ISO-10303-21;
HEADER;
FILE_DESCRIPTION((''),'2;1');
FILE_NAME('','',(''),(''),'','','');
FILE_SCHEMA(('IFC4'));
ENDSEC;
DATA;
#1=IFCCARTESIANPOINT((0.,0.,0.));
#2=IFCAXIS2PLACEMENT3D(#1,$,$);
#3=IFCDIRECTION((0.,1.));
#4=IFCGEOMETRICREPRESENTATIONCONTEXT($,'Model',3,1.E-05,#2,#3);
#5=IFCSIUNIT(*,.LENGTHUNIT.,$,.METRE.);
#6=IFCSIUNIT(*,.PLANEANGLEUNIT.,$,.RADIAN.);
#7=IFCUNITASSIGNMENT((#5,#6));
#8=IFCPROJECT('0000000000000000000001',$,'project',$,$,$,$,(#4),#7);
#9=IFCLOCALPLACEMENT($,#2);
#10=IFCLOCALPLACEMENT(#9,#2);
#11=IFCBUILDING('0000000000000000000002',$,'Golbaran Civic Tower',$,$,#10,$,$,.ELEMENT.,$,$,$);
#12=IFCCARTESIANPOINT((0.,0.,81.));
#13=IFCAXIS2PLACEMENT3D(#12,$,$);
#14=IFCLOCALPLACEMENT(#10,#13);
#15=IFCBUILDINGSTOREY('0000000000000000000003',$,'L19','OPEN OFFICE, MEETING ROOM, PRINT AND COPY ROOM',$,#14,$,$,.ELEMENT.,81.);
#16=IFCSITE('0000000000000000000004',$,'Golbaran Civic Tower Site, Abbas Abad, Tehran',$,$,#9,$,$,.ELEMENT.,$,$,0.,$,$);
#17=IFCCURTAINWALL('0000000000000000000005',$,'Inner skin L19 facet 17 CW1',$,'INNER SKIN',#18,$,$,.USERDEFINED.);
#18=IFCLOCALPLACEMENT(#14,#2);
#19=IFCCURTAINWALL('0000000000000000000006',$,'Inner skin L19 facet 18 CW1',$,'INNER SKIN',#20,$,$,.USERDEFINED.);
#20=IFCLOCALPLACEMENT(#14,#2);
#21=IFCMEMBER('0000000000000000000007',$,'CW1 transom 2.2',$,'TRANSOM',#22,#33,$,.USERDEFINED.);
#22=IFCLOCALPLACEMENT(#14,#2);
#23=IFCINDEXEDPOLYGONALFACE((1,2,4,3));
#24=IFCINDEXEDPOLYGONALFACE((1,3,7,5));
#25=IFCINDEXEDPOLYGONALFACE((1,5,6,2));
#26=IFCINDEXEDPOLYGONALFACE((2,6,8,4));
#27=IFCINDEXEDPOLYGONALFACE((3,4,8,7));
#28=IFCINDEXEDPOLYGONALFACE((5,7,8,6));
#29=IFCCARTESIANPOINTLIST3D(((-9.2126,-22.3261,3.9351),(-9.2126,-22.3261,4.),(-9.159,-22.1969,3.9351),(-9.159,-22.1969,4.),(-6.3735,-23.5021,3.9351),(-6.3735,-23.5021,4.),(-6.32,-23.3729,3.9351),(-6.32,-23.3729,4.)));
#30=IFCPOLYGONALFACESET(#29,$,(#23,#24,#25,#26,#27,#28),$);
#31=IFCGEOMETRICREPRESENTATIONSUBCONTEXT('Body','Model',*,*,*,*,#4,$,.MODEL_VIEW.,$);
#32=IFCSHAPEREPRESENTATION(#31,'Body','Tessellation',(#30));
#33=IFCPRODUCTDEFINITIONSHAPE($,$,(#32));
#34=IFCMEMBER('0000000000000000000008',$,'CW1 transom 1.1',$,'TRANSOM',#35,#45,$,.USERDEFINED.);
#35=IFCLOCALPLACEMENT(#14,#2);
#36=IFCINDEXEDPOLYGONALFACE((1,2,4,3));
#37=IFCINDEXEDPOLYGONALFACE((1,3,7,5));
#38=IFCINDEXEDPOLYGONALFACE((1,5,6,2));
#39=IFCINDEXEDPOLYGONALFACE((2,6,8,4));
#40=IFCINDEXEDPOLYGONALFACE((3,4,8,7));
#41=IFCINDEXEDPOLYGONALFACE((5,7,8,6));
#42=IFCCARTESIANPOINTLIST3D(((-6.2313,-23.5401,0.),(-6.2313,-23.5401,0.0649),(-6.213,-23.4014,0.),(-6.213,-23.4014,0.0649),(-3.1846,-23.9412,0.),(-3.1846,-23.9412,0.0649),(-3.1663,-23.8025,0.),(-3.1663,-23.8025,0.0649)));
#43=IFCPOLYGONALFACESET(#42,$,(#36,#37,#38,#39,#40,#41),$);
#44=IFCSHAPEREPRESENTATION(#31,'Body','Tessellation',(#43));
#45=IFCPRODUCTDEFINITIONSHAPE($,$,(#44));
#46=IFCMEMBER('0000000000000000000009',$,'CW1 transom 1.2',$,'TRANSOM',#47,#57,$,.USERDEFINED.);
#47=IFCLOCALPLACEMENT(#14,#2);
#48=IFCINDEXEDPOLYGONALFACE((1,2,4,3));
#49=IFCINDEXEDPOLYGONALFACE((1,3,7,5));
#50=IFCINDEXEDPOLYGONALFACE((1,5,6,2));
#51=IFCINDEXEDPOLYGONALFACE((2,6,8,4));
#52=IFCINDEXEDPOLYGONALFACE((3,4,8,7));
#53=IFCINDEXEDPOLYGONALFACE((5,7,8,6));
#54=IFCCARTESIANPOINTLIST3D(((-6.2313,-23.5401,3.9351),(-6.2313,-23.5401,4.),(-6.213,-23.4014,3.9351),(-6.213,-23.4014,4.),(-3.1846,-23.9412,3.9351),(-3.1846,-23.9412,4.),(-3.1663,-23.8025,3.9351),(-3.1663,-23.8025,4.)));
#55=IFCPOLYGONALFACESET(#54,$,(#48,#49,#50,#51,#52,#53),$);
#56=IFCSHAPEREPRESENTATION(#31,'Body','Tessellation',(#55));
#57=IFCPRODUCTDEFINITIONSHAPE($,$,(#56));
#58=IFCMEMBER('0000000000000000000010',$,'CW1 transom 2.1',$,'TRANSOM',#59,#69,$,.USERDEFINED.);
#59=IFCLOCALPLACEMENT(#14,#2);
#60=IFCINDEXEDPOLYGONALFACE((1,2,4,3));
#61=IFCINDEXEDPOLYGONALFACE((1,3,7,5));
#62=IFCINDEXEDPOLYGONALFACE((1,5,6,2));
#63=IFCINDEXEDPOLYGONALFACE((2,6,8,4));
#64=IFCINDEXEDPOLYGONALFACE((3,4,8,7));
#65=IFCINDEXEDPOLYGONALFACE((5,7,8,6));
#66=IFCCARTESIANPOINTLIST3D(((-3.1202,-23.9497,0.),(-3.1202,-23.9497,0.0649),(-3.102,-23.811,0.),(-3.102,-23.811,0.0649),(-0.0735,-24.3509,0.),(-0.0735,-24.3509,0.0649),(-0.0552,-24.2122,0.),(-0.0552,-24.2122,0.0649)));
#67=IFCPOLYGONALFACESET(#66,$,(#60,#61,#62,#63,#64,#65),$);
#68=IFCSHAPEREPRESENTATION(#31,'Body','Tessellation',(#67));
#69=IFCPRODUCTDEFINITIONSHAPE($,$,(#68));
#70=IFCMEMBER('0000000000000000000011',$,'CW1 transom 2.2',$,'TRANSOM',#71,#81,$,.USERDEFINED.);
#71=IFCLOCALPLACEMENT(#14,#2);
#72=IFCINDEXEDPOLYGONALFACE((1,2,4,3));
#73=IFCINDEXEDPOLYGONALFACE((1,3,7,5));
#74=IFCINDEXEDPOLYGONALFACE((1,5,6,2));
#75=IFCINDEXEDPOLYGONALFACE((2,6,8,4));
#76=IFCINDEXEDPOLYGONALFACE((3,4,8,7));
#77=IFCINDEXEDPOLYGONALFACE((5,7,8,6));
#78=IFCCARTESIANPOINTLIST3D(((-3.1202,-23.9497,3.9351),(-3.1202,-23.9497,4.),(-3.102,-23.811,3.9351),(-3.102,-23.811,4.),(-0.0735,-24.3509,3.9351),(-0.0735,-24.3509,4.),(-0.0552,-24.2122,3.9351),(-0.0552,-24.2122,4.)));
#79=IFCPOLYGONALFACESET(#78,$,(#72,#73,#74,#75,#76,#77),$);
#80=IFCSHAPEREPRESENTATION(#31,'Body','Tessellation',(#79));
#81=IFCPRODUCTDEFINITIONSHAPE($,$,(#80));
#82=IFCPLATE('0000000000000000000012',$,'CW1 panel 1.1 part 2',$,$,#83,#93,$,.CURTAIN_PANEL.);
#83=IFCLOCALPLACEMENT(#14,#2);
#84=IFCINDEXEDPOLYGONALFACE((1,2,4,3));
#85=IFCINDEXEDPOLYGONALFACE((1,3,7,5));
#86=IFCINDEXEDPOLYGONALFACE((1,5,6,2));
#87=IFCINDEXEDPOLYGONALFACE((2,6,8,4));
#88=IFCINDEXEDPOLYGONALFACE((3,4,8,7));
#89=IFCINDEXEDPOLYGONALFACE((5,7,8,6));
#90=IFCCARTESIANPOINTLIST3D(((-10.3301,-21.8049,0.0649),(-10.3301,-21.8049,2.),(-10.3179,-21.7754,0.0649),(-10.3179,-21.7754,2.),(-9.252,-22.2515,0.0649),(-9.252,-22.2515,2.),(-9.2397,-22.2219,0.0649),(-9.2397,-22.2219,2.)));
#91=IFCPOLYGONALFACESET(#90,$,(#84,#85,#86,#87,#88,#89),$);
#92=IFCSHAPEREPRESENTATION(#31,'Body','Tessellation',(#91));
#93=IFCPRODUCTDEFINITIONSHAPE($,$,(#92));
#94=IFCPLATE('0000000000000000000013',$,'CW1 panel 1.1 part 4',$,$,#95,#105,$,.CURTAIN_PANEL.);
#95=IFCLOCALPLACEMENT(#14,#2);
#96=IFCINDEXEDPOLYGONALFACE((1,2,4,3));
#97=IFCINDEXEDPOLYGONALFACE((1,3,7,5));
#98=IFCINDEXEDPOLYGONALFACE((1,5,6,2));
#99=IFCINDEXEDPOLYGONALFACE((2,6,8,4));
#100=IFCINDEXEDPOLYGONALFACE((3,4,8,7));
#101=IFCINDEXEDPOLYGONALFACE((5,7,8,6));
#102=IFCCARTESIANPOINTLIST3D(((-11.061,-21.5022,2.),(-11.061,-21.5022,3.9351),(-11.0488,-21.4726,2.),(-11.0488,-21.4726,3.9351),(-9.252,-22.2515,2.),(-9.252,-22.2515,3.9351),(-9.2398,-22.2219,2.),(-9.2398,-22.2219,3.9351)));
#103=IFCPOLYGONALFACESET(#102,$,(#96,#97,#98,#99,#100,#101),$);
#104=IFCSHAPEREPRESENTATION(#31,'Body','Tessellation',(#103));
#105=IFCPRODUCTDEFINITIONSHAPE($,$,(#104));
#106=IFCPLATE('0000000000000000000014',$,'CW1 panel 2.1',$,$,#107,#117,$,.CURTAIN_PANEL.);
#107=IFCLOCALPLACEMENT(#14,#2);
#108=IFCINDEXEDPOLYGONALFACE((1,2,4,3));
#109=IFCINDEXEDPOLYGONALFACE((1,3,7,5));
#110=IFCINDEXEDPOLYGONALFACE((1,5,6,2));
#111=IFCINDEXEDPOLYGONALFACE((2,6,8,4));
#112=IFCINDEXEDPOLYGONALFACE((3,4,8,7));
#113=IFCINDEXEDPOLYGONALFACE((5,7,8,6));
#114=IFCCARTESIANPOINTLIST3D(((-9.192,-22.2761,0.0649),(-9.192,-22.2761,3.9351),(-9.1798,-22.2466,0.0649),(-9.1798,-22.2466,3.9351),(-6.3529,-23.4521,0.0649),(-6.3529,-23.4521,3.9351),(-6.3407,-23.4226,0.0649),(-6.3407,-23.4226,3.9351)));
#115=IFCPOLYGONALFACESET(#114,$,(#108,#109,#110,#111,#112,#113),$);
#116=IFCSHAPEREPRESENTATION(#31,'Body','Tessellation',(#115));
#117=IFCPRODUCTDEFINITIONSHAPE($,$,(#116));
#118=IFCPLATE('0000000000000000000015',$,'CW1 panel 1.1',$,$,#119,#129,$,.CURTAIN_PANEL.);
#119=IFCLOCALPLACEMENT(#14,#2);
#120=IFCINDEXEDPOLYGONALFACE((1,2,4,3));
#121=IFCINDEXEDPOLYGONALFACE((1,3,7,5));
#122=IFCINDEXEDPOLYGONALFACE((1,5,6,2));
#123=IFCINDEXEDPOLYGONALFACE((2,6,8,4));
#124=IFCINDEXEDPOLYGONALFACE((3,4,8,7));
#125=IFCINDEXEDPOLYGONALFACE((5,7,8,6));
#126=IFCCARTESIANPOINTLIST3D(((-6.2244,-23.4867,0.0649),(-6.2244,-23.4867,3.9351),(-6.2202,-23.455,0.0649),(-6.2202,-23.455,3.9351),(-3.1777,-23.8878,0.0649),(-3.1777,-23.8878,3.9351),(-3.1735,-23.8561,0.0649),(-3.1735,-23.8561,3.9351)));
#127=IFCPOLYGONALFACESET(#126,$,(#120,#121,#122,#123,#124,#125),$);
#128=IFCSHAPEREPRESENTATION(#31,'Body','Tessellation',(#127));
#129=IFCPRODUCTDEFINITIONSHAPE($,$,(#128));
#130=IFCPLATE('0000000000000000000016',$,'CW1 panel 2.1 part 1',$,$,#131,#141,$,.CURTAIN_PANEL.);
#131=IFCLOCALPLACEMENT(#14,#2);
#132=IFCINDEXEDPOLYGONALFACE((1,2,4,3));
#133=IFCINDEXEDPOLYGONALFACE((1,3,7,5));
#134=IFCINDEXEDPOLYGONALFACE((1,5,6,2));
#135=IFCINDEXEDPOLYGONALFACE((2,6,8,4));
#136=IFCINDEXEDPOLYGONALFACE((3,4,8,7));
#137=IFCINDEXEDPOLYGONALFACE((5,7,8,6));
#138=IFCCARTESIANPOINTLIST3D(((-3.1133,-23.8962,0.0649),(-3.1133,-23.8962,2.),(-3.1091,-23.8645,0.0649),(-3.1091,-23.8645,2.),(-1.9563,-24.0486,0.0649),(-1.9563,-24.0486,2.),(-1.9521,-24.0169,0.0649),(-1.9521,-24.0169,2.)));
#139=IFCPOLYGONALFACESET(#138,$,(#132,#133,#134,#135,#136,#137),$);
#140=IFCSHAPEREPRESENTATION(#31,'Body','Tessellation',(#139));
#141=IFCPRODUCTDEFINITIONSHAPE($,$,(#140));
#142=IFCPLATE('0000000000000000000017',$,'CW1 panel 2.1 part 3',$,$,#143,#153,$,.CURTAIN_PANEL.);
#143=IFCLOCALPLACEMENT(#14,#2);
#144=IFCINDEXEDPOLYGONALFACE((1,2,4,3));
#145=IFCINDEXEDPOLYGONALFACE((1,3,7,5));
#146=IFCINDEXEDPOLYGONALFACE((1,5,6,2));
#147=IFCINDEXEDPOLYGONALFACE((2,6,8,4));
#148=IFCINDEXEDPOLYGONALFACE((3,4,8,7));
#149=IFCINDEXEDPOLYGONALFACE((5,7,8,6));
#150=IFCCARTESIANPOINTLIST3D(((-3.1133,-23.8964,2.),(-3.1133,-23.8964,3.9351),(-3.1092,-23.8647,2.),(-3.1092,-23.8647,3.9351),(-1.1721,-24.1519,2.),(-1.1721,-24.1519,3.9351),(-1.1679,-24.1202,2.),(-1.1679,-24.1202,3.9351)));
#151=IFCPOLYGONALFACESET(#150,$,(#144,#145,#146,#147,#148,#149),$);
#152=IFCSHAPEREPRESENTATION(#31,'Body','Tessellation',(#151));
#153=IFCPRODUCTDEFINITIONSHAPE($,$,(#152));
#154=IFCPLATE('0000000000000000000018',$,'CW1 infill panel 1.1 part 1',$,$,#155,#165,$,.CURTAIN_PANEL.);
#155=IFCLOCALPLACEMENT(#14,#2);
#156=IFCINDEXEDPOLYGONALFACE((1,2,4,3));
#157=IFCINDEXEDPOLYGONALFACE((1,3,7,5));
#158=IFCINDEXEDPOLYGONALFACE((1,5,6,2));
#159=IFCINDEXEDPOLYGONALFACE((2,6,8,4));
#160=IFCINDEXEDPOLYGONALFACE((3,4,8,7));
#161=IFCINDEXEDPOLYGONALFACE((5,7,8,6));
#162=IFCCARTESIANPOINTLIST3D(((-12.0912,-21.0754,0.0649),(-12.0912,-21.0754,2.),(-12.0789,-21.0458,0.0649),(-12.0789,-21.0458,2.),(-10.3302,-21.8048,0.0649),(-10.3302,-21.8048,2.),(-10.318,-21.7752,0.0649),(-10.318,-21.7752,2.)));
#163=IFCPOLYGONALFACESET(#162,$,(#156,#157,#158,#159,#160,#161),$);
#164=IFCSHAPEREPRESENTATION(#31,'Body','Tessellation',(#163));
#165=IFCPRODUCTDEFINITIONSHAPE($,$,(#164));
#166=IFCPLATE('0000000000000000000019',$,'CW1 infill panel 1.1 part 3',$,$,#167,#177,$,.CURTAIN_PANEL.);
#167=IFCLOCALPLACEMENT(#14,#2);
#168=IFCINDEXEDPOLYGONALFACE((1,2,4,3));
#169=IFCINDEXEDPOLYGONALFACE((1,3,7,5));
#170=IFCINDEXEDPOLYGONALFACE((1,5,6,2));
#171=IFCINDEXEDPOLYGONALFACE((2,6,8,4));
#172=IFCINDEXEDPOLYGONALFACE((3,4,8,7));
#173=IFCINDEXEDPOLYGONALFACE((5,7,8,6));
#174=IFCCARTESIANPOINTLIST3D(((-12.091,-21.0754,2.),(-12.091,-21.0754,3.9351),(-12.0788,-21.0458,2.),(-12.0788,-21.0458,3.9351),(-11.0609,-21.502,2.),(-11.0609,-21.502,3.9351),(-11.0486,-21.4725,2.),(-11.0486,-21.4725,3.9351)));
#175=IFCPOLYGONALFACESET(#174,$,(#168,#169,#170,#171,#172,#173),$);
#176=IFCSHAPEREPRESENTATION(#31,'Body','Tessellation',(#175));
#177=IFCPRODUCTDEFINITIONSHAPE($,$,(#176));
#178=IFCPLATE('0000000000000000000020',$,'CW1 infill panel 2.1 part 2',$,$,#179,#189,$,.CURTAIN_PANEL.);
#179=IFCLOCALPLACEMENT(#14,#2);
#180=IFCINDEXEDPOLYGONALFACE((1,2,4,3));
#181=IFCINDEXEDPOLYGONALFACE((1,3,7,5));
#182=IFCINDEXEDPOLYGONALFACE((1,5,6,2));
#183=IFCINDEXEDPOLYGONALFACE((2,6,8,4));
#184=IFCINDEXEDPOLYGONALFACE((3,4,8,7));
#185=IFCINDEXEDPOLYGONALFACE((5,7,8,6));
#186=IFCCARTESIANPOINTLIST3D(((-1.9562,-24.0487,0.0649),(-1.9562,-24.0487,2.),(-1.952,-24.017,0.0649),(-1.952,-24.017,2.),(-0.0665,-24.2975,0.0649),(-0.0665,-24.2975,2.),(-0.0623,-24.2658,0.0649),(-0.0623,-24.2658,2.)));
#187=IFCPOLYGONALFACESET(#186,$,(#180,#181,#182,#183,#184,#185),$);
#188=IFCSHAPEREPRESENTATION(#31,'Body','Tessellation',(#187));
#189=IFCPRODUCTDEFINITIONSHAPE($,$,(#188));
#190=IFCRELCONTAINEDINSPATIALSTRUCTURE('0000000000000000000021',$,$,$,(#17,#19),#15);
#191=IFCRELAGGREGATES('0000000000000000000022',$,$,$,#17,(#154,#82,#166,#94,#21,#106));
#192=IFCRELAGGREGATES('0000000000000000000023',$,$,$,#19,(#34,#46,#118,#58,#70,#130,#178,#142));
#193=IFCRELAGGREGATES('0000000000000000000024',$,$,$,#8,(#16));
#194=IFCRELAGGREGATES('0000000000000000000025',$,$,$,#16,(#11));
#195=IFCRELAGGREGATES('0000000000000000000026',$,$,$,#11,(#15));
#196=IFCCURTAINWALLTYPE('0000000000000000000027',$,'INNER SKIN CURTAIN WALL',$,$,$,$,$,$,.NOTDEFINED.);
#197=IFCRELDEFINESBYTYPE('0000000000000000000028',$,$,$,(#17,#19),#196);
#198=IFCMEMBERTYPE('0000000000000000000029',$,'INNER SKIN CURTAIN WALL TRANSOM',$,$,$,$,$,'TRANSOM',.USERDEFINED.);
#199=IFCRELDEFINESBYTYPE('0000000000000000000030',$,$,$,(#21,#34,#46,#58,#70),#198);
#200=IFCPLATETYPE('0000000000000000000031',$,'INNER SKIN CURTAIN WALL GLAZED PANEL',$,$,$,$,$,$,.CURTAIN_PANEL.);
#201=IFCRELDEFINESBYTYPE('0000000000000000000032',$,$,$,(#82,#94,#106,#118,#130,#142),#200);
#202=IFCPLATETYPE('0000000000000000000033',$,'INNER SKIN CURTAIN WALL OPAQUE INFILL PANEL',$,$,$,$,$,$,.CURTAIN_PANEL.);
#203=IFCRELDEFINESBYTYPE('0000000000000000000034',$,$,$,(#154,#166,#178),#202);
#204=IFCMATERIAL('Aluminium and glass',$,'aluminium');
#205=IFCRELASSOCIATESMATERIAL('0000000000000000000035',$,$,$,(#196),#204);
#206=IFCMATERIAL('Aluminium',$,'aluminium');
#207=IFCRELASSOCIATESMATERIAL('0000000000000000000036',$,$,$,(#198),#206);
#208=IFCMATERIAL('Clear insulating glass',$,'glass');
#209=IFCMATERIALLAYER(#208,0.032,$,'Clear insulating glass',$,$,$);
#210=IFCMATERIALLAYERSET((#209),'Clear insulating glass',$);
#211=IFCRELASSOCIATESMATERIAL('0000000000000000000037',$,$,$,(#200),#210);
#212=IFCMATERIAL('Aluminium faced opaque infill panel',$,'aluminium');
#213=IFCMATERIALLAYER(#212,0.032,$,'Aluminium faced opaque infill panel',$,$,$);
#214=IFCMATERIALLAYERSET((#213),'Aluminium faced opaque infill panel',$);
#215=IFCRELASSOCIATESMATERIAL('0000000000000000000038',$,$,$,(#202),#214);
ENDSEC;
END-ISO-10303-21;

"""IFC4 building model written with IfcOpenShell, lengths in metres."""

from ifc_helpers import new_model, si_unit, direction, frame, origin, origin_2d, place, context, subcontext, project, spatial, rectangle, extrude, material, layer, layer_set, material_profile, profile_set, type_object, element, aggregate, save


model = new_model("IFC4")

# Units and contexts
model_context = context("Model", 3, precision=1e-05, world=origin(), true_north=direction((0.0, 1.0)))
body_context = subcontext(model_context, "Body", "Model", "MODEL_VIEW")
ifc_project = project(units=[si_unit("LENGTHUNIT", "METRE"), si_unit("PLANEANGLEUNIT", "RADIAN")], contexts=[model_context])

# Site, building, storey
site_placement = place(None, origin())
site = spatial("IfcSite", under=ifc_project, at=site_placement, Name="Golbaran Civic Tower Site, Abbas Abad, Tehran", CompositionType="ELEMENT", RefElevation=0.0)
building_placement = place(site_placement, origin())
building = spatial("IfcBuilding", under=site, at=building_placement, Name="Golbaran Civic Tower", CompositionType="ELEMENT")
storey_placement = place(building_placement, frame((0.0, 0.0, 81.0)))
storey = spatial("IfcBuildingStorey", under=building, at=storey_placement, Name="L19", Description="OPEN OFFICE, MEETING ROOM, PRINT AND COPY ROOM", CompositionType="ELEMENT", Elevation=81.0)

# Curtain walls
ifc_material_1 = material(Name="Aluminium and glass", Category="aluminium")
curtain_wall_type = type_object("IfcCurtainWallType", Name="INNER SKIN CURTAIN WALL", PredefinedType="NOTDEFINED", material=ifc_material_1)
curtain_wall_1_placement = place(storey_placement, origin())
curtain_wall_1 = element("IfcCurtainWall", 1, at=curtain_wall_1_placement, inside=storey, type_object=curtain_wall_type, Name="Inner skin L19 facet 17 CW1", ObjectType="INNER SKIN", PredefinedType="USERDEFINED")
ifc_material_2 = material(Name="Aluminium", Category="aluminium")
curtain_wall_2_placement = place(storey_placement, origin())
curtain_wall_2 = element("IfcCurtainWall", 2, at=curtain_wall_2_placement, inside=storey, type_object=curtain_wall_type, Name="Inner skin L19 facet 18 CW1", ObjectType="INNER SKIN", PredefinedType="USERDEFINED")

# Members
ifc_material_profile_1 = material_profile(ifc_material_2, rectangle(XDim=0.1399, YDim=0.0649, at=origin_2d()), Name="INNER SKIN CURTAIN WALL TRANSOM")
ifc_profile_set_1 = profile_set([ifc_material_profile_1], Name="Aluminium")
member_type_1 = type_object("IfcMemberType", Name="INNER SKIN CURTAIN WALL TRANSOM", ElementType="TRANSOM", PredefinedType="USERDEFINED", material=ifc_profile_set_1)
member_1_placement = place(storey_placement, frame((-9.1858, -22.2615, 3.9675), z_axis=(0.923876, -0.382691, 0.0), x_axis=(0.382691, 0.923876, 0.0)))
member_1 = element("IfcMember", 3, at=member_1_placement, type_object=member_type_1, Name="CW1 transom 2.2", ObjectType="TRANSOM", PredefinedType="USERDEFINED", context=body_context, shape_type="SweptSolid", body=[
    extrude(rectangle(XDim=0.1399, YDim=0.0649, at=origin_2d()), origin(), (0.0, 0.0, 1.0), 3.073),
])
member_2_placement = place(storey_placement, frame((-6.2222, -23.4707, 0.0325), z_axis=(0.991444, -0.130535, 0.0), x_axis=(0.130535, 0.991444, 0.0)))
member_2 = element("IfcMember", 4, at=member_2_placement, type_object=member_type_1, Name="CW1 transom 1.1", ObjectType="TRANSOM", PredefinedType="USERDEFINED", context=body_context, shape_type="SweptSolid", body=[
    extrude(rectangle(XDim=0.1399, YDim=0.0649, at=origin_2d()), origin(), (0.0, 0.0, 1.0), 3.073),
])
member_3_placement = place(storey_placement, frame((-6.2222, -23.4707, 3.9675), z_axis=(0.991444, -0.130535, 0.0), x_axis=(0.130535, 0.991444, 0.0)))
member_3 = element("IfcMember", 5, at=member_3_placement, type_object=member_type_1, Name="CW1 transom 1.2", ObjectType="TRANSOM", PredefinedType="USERDEFINED", context=body_context, shape_type="SweptSolid", body=[
    extrude(rectangle(XDim=0.1399, YDim=0.0649, at=origin_2d()), origin(), (0.0, 0.0, 1.0), 3.073),
])
member_4_placement = place(storey_placement, frame((-3.1111, -23.8804, 0.0325), z_axis=(0.991444, -0.130535, 0.0), x_axis=(0.130535, 0.991444, 0.0)))
member_4 = element("IfcMember", 6, at=member_4_placement, type_object=member_type_1, Name="CW1 transom 2.1", ObjectType="TRANSOM", PredefinedType="USERDEFINED", context=body_context, shape_type="SweptSolid", body=[
    extrude(rectangle(XDim=0.1399, YDim=0.0649, at=origin_2d()), origin(), (0.0, 0.0, 1.0), 3.073),
])
member_5_placement = place(storey_placement, frame((-3.1111, -23.8804, 3.9675), z_axis=(0.991444, -0.130535, 0.0), x_axis=(0.130535, 0.991444, 0.0)))
member_5 = element("IfcMember", 7, at=member_5_placement, type_object=member_type_1, Name="CW1 transom 2.2", ObjectType="TRANSOM", PredefinedType="USERDEFINED", context=body_context, shape_type="SweptSolid", body=[
    extrude(rectangle(XDim=0.1399, YDim=0.0649, at=origin_2d()), origin(), (0.0, 0.0, 1.0), 3.073),
])

# Plates
ifc_material_3 = material(Name="Clear insulating glass", Category="glass")
ifc_layer_1 = layer(ifc_material_3, 0.032, Name="Clear insulating glass")
ifc_layer_set_1 = layer_set([ifc_layer_1], Name="Clear insulating glass")
plate_type_1 = type_object("IfcPlateType", Name="INNER SKIN CURTAIN WALL GLAZED PANEL", PredefinedType="CURTAIN_PANEL", material=ifc_layer_set_1)
plate_1_placement = place(storey_placement, frame((-9.7849, -22.0134, 0.0649), z_axis=(0.0, 0.0, 1.0), x_axis=(0.92388, -0.382683, 0.0)))
plate_1 = element("IfcPlate", 8, at=plate_1_placement, type_object=plate_type_1, Name="CW1 panel 1.1 part 2", PredefinedType="CURTAIN_PANEL", context=body_context, shape_type="SweptSolid", body=[
    extrude(rectangle(XDim=1.167, YDim=0.032, at=origin_2d()), origin(), (0.0, 0.0, 1.0), 1.9351),
])
plate_2_placement = place(storey_placement, frame((-10.1504, -21.8621, 2.0), z_axis=(0.0, 0.0, 1.0), x_axis=(0.92388, -0.382683, 0.0)))
plate_2 = element("IfcPlate", 9, at=plate_2_placement, type_object=plate_type_1, Name="CW1 panel 1.1 part 4", PredefinedType="CURTAIN_PANEL", context=body_context, shape_type="SweptSolid", body=[
    extrude(rectangle(XDim=1.958, YDim=0.032, at=origin_2d()), origin(), (0.0, 0.0, 1.0), 1.9351),
])
plate_3_placement = place(storey_placement, frame((-7.7664, -22.8494, 0.0649), z_axis=(0.0, 0.0, 1.0), x_axis=(0.92388, -0.382683, 0.0)))
plate_3 = element("IfcPlate", 10, at=plate_3_placement, type_object=plate_type_1, Name="CW1 panel 2.1", PredefinedType="CURTAIN_PANEL", context=body_context, shape_type="SweptSolid", body=[
    extrude(rectangle(XDim=3.073, YDim=0.032, at=origin_2d()), origin(), (0.0, 0.0, 1.0), 3.8701),
])
plate_4_placement = place(storey_placement, frame((-4.699, -23.6714, 0.0649), z_axis=(0.0, 0.0, 1.0), x_axis=(0.991445, -0.130526, 0.0)))
plate_4 = element("IfcPlate", 11, at=plate_4_placement, type_object=plate_type_1, Name="CW1 panel 1.1", PredefinedType="CURTAIN_PANEL", context=body_context, shape_type="SweptSolid", body=[
    extrude(rectangle(XDim=3.073, YDim=0.032, at=origin_2d()), origin(), (0.0, 0.0, 1.0), 3.8701),
])
plate_5_placement = place(storey_placement, frame((-2.5327, -23.9565, 0.0649), z_axis=(0.0, 0.0, 1.0), x_axis=(0.991445, -0.130526, 0.0)))
plate_5 = element("IfcPlate", 12, at=plate_5_placement, type_object=plate_type_1, Name="CW1 panel 2.1 part 1", PredefinedType="CURTAIN_PANEL", context=body_context, shape_type="SweptSolid", body=[
    extrude(rectangle(XDim=1.167, YDim=0.032, at=origin_2d()), origin(), (0.0, 0.0, 1.0), 1.9351),
])
plate_6_placement = place(storey_placement, frame((-2.1406, -24.0083, 2.0), z_axis=(0.0, 0.0, 1.0), x_axis=(0.991445, -0.130526, 0.0)))
plate_6 = element("IfcPlate", 13, at=plate_6_placement, type_object=plate_type_1, Name="CW1 panel 2.1 part 3", PredefinedType="CURTAIN_PANEL", context=body_context, shape_type="SweptSolid", body=[
    extrude(rectangle(XDim=1.958, YDim=0.032, at=origin_2d()), origin(), (0.0, 0.0, 1.0), 1.9351),
])
ifc_material_4 = material(Name="Aluminium faced opaque infill panel", Category="aluminium")
ifc_layer_2 = layer(ifc_material_4, 0.032, Name="Aluminium faced opaque infill panel")
ifc_layer_set_2 = layer_set([ifc_layer_2], Name="Aluminium faced opaque infill panel")
plate_type_2 = type_object("IfcPlateType", Name="INNER SKIN CURTAIN WALL OPAQUE INFILL PANEL", PredefinedType="CURTAIN_PANEL", material=ifc_layer_set_2)
plate_7_placement = place(storey_placement, frame((-11.2046, -21.4253, 0.0649), z_axis=(0.0, 0.0, 1.0), x_axis=(0.92388, -0.382683, 0.0)))
plate_7 = element("IfcPlate", 14, at=plate_7_placement, type_object=plate_type_2, Name="CW1 infill panel 1.1 part 1", PredefinedType="CURTAIN_PANEL", context=body_context, shape_type="SweptSolid", body=[
    extrude(rectangle(XDim=1.906, YDim=0.032, at=origin_2d()), origin(), (0.0, 0.0, 1.0), 1.9351),
])
plate_8_placement = place(storey_placement, frame((-11.5698, -21.2739, 2.0), z_axis=(0.0, 0.0, 1.0), x_axis=(0.92388, -0.382683, 0.0)))
plate_8 = element("IfcPlate", 15, at=plate_8_placement, type_object=plate_type_2, Name="CW1 infill panel 1.1 part 3", PredefinedType="CURTAIN_PANEL", context=body_context, shape_type="SweptSolid", body=[
    extrude(rectangle(XDim=1.115, YDim=0.032, at=origin_2d()), origin(), (0.0, 0.0, 1.0), 1.9351),
])
aggregate(curtain_wall_1, [plate_7, plate_1, plate_8, plate_2, member_1, plate_3])
plate_9_placement = place(storey_placement, frame((-1.0093, -24.1572, 0.0649), z_axis=(0.0, 0.0, 1.0), x_axis=(0.991445, -0.130526, 0.0)))
plate_9 = element("IfcPlate", 16, at=plate_9_placement, type_object=plate_type_2, Name="CW1 infill panel 2.1 part 2", PredefinedType="CURTAIN_PANEL", context=body_context, shape_type="SweptSolid", body=[
    extrude(rectangle(XDim=1.906, YDim=0.032, at=origin_2d()), origin(), (0.0, 0.0, 1.0), 1.9351),
])
aggregate(curtain_wall_2, [member_2, member_3, plate_4, member_4, member_5, plate_5, plate_9, plate_6])

save(model, "model.ifc")
